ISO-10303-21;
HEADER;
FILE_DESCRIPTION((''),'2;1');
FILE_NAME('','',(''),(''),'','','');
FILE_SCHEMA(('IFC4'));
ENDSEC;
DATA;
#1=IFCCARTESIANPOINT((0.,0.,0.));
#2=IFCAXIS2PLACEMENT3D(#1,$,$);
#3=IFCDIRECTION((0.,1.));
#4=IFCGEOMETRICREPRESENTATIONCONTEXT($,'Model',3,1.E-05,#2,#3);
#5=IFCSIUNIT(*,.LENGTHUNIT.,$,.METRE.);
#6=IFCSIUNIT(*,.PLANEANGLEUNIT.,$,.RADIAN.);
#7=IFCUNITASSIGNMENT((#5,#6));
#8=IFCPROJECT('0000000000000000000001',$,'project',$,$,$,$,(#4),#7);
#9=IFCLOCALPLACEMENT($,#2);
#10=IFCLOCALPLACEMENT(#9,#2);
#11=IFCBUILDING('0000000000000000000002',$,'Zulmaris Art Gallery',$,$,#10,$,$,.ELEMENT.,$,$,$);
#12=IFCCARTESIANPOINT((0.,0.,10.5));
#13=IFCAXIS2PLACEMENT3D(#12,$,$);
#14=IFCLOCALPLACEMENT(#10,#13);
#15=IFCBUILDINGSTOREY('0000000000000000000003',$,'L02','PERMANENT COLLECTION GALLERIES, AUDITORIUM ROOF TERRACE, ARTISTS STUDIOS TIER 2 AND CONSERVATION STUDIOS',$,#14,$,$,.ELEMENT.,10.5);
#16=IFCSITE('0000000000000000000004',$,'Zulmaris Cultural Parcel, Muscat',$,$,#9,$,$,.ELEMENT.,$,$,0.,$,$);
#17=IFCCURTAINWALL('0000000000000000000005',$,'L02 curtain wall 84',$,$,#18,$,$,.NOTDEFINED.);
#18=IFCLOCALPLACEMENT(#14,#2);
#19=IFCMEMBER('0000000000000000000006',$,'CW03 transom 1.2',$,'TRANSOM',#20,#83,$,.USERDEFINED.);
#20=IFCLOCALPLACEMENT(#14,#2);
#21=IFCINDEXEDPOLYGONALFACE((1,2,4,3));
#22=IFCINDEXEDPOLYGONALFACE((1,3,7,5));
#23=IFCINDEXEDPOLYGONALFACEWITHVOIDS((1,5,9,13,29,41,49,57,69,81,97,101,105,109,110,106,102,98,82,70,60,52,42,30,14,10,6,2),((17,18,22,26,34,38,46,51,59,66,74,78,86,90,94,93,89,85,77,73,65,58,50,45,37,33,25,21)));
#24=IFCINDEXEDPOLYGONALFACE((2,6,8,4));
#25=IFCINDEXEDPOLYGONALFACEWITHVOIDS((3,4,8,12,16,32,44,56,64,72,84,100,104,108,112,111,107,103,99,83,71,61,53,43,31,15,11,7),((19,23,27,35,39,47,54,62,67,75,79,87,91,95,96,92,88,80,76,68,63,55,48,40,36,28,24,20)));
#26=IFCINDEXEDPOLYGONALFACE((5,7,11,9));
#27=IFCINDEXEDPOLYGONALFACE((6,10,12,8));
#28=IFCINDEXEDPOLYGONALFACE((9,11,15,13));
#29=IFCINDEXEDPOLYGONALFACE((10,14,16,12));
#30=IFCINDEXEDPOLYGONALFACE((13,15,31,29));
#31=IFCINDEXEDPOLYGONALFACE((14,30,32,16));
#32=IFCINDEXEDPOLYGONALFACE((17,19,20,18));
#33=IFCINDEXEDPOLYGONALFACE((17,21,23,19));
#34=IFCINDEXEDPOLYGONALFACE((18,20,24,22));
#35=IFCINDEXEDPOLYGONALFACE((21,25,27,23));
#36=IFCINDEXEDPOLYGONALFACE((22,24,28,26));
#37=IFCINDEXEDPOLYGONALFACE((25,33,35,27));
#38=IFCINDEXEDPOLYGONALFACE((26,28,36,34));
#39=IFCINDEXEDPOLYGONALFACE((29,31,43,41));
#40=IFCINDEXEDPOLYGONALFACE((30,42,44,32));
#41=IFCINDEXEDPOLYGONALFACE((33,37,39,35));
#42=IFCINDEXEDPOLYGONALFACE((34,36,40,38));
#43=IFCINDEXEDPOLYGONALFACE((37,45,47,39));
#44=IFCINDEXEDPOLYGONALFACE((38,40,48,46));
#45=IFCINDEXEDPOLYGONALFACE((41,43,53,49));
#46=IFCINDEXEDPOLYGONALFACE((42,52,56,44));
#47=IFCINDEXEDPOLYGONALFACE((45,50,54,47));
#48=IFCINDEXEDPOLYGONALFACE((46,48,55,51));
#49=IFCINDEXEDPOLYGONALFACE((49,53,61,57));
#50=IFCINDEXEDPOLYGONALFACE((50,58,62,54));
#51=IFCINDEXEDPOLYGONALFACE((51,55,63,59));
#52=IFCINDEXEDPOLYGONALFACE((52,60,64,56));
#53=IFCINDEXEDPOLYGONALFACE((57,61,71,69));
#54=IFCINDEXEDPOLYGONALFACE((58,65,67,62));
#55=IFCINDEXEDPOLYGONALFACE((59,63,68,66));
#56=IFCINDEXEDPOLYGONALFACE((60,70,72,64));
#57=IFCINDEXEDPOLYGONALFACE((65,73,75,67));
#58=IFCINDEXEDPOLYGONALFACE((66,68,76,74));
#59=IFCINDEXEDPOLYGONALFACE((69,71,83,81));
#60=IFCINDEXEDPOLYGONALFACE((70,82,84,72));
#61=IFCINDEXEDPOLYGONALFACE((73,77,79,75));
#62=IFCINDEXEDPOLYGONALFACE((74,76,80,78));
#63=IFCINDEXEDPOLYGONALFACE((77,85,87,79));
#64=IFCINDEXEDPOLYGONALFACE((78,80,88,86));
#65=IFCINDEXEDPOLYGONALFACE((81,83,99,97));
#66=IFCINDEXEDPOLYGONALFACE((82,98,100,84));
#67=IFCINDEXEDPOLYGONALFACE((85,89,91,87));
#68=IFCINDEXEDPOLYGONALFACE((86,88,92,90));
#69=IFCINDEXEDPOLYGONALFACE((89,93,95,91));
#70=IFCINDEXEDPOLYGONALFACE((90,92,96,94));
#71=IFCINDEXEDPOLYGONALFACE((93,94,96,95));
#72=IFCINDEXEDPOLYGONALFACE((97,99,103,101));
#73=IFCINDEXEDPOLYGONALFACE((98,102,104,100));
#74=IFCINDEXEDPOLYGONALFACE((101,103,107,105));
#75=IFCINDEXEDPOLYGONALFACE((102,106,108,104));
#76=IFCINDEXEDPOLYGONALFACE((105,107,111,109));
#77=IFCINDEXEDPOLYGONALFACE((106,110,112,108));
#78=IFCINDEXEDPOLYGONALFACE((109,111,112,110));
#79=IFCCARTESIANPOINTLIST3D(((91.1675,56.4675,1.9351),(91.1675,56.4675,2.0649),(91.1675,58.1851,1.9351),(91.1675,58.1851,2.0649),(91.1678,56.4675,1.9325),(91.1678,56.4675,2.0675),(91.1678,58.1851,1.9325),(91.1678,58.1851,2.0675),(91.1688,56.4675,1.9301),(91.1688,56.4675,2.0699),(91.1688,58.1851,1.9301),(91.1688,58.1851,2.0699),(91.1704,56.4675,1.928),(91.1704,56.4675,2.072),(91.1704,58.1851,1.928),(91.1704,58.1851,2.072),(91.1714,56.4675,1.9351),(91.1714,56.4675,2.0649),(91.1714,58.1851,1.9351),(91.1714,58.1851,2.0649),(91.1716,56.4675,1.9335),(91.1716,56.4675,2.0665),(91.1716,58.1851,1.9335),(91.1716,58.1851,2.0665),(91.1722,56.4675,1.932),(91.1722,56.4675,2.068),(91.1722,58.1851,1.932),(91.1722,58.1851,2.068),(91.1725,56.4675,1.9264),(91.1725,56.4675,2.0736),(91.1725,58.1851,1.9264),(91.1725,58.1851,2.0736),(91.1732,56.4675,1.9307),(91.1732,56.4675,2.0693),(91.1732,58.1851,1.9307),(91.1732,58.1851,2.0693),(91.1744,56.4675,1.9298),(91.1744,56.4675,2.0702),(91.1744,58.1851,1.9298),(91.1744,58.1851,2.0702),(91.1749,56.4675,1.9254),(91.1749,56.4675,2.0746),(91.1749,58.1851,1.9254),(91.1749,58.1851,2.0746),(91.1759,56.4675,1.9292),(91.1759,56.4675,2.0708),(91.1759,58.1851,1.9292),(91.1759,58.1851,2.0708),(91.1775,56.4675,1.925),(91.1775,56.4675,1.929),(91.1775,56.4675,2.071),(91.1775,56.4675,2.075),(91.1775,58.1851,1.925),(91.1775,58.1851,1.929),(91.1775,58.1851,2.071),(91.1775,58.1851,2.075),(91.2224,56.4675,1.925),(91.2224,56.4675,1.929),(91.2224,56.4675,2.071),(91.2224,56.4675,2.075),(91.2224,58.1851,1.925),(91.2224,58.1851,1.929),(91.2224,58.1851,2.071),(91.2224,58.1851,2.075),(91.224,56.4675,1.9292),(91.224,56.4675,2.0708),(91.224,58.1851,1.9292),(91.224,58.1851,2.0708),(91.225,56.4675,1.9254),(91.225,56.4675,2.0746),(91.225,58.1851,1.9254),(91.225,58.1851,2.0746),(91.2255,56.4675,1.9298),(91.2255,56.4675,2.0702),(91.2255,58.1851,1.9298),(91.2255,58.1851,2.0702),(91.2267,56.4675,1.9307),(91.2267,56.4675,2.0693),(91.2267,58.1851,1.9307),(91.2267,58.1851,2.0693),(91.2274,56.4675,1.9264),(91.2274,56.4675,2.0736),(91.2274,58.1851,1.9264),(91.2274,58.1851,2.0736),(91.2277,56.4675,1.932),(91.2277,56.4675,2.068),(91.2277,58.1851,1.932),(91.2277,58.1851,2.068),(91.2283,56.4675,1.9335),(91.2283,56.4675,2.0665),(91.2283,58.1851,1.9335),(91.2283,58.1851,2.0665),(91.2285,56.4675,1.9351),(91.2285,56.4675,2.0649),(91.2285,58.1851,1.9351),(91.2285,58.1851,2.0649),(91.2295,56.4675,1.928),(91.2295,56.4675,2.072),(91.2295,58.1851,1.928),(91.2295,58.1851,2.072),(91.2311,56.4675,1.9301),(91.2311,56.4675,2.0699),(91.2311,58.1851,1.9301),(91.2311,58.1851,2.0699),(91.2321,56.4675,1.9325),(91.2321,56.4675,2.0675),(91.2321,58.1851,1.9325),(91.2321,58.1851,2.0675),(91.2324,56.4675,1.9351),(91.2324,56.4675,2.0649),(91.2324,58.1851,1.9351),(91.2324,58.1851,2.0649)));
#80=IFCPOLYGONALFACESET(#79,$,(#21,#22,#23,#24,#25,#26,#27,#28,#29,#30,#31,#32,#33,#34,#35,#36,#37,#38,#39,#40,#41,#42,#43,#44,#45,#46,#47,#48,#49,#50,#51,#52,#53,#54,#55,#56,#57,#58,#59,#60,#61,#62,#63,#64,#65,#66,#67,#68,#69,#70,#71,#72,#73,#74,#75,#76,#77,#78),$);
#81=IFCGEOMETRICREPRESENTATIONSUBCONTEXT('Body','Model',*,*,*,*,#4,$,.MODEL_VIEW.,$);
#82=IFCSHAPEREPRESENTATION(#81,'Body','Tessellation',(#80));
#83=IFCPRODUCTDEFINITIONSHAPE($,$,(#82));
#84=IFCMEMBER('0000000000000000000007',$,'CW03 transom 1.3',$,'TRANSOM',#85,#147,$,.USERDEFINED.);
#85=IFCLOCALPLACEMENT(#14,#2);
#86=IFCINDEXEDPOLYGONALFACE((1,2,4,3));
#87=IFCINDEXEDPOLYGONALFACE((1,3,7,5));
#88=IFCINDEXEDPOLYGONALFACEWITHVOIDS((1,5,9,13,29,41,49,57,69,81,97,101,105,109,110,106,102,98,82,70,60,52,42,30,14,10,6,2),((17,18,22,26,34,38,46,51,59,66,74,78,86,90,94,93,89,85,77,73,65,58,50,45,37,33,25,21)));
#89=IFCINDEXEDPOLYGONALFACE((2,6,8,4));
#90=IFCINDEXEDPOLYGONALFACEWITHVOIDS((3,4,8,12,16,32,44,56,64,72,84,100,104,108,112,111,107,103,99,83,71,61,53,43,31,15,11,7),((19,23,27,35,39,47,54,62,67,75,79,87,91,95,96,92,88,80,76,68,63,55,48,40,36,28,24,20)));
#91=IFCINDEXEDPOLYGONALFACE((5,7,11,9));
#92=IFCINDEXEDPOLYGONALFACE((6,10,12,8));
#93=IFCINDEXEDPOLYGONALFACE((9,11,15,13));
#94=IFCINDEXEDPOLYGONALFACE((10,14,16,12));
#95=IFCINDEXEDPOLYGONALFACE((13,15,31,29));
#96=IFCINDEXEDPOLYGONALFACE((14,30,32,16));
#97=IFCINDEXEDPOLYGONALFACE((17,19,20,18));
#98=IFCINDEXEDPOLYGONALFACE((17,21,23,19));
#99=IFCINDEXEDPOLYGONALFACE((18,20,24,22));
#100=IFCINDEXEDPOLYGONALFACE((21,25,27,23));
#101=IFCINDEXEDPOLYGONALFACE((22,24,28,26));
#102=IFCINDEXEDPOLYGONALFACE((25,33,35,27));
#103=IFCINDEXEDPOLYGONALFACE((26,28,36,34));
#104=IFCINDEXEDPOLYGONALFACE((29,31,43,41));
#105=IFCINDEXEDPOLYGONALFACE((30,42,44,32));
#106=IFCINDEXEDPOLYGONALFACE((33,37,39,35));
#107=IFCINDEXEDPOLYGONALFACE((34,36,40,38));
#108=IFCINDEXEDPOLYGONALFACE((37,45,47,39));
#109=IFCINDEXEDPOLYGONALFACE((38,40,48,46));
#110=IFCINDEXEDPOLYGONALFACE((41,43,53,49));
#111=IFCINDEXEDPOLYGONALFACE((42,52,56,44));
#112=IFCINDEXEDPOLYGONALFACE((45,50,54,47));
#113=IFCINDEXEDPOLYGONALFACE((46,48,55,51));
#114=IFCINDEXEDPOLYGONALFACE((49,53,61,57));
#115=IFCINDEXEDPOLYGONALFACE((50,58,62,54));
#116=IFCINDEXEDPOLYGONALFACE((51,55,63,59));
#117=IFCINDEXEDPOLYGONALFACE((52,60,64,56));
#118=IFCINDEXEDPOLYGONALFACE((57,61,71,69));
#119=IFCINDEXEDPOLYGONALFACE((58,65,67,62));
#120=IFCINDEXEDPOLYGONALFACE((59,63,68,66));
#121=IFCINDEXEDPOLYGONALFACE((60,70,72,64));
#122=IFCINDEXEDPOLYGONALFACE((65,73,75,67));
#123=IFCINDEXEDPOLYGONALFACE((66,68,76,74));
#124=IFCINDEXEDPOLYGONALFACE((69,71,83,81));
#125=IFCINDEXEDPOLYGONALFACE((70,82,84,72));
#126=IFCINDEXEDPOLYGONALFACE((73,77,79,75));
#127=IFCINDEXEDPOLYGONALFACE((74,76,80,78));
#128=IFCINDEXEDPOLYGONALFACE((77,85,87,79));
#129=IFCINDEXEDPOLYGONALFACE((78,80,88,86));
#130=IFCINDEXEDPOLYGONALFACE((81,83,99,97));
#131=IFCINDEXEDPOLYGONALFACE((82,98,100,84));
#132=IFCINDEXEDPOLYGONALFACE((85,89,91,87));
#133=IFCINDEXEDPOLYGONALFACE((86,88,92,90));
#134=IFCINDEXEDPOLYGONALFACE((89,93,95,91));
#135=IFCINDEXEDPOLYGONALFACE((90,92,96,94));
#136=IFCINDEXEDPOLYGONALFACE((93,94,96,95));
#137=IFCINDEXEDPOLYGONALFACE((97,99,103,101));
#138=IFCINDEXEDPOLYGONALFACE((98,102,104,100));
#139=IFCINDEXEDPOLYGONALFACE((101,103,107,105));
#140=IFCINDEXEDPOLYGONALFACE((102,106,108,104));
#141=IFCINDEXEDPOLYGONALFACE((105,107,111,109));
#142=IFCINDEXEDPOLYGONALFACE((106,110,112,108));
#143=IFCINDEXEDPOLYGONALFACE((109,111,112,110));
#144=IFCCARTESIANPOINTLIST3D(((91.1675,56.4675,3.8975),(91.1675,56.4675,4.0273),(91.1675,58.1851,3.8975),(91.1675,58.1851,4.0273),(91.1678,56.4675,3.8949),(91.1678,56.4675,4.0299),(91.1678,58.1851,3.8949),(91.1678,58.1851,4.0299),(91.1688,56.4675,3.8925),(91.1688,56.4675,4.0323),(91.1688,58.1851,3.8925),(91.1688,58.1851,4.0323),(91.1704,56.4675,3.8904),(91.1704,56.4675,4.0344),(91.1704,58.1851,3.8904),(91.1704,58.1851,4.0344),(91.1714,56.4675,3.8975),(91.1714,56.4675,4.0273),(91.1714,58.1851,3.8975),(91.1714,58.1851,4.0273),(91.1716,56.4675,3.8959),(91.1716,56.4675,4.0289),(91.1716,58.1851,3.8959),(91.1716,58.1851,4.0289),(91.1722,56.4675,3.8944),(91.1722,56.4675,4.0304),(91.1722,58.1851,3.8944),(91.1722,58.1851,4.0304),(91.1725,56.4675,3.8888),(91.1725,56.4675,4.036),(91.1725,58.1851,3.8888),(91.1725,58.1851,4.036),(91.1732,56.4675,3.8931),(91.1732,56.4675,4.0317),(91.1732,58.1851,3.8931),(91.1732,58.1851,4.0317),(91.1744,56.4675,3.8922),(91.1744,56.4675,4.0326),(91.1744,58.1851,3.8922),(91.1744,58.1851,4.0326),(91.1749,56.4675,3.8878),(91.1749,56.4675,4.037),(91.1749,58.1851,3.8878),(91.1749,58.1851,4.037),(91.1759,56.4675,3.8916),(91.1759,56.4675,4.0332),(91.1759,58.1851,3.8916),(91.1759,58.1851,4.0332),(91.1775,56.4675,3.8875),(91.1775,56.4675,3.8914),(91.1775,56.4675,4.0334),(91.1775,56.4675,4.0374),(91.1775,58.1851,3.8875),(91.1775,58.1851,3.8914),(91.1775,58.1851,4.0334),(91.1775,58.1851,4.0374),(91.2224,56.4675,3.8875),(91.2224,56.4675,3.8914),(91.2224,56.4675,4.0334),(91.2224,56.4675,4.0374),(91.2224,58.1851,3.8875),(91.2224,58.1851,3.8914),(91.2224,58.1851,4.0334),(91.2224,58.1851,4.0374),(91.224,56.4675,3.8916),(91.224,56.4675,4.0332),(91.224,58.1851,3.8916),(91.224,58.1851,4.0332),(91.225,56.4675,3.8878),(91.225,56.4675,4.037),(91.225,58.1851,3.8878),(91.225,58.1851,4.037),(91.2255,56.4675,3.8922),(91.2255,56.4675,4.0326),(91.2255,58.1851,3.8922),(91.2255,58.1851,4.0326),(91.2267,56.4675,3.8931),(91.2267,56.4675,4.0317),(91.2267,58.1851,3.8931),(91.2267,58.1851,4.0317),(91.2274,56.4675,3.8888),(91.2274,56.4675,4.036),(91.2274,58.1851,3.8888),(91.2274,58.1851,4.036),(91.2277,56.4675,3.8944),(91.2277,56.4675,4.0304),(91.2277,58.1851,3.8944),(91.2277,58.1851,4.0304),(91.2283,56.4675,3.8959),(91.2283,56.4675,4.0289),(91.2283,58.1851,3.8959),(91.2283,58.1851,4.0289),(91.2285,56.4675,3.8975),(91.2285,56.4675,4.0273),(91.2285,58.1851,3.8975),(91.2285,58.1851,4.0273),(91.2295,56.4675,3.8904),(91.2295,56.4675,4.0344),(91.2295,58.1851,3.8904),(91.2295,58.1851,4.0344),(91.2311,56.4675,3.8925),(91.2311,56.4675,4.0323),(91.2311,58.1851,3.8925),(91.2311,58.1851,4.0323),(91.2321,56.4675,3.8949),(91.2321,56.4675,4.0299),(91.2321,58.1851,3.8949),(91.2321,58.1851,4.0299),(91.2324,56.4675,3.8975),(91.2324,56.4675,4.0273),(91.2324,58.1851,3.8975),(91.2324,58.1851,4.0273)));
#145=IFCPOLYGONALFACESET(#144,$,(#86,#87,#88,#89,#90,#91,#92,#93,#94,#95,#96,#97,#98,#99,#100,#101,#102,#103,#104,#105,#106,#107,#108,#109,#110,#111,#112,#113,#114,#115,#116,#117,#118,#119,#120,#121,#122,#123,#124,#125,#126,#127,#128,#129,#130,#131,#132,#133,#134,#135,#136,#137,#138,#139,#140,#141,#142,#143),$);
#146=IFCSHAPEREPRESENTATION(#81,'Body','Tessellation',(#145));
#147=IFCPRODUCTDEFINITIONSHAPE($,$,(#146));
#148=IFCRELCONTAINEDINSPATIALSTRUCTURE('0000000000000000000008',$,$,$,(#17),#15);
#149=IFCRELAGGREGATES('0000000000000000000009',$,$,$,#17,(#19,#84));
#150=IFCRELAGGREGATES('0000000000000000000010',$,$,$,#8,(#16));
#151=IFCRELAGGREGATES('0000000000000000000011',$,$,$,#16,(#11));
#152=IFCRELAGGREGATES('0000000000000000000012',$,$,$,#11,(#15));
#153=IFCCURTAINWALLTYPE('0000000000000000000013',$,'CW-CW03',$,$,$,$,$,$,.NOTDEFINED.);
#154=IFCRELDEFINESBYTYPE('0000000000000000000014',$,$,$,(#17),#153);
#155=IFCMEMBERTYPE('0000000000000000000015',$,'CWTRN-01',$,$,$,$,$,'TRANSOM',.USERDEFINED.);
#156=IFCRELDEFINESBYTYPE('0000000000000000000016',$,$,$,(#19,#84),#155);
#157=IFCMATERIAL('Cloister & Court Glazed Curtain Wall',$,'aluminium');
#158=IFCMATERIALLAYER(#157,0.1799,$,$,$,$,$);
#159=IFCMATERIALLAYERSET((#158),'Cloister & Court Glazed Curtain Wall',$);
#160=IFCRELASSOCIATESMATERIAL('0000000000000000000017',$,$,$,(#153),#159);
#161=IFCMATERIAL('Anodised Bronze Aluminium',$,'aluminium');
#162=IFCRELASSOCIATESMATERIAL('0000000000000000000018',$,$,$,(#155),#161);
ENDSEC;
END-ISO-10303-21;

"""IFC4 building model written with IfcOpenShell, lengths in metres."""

from ifc_helpers import new_model, si_unit, direction, frame, origin, origin_2d, place, context, subcontext, project, spatial, hollow_rectangle, extrude, material, layer, layer_set, material_profile, profile_set, type_object, element, aggregate, save


model = new_model("IFC4")

# Units and contexts
model_context = context("Model", 3, precision=1e-05, world=origin(), true_north=direction((0.0, 1.0)))
body_context = subcontext(model_context, "Body", "Model", "MODEL_VIEW")
ifc_project = project(units=[si_unit("LENGTHUNIT", "METRE"), si_unit("PLANEANGLEUNIT", "RADIAN")], contexts=[model_context])

# Site, building, storey
site_placement = place(None, origin())
site = spatial("IfcSite", under=ifc_project, at=site_placement, Name="Zulmaris Cultural Parcel, Muscat", CompositionType="ELEMENT", RefElevation=0.0)
building_placement = place(site_placement, origin())
building = spatial("IfcBuilding", under=site, at=building_placement, Name="Zulmaris Art Gallery", CompositionType="ELEMENT")
storey_placement = place(building_placement, frame((0.0, 0.0, 10.5)))
storey = spatial("IfcBuildingStorey", under=building, at=storey_placement, Name="L02", Description="PERMANENT COLLECTION GALLERIES, AUDITORIUM ROOF TERRACE, ARTISTS STUDIOS TIER 2 AND CONSERVATION STUDIOS", CompositionType="ELEMENT", Elevation=10.5)

# Curtain wall
ifc_material_1 = material(Name="Cloister & Court Glazed Curtain Wall", Category="aluminium")
ifc_layer_1 = layer(ifc_material_1, 0.1799)
ifc_layer_set_1 = layer_set([ifc_layer_1], Name="Cloister & Court Glazed Curtain Wall")
curtain_wall_type_1 = type_object("IfcCurtainWallType", Name="CW-CW03", PredefinedType="NOTDEFINED", material=ifc_layer_set_1)
ifc_material_2 = material(Name="Anodised Bronze Aluminium", Category="aluminium")
curtain_wall_1_placement = place(storey_placement, origin())
curtain_wall_1 = element("IfcCurtainWall", 1, at=curtain_wall_1_placement, inside=storey, type_object=curtain_wall_type_1, Name="L02 curtain wall 84", PredefinedType="NOTDEFINED")

# Members
ifc_material_profile_1 = material_profile(ifc_material_2, hollow_rectangle(XDim=0.0649, YDim=0.1499, WallThickness=0.0039, InnerFilletRadius=0.0061, OuterFilletRadius=0.01, at=origin_2d()), Name="ALU 65x150x4")
ifc_profile_set_1 = profile_set([ifc_material_profile_1], Name="Anodised Bronze Aluminium")
member_type_1 = type_object("IfcMemberType", Name="CWTRN-01", ElementType="TRANSOM", PredefinedType="USERDEFINED", material=ifc_profile_set_1)
member_1_placement = place(storey_placement, frame((91.2, 58.1851, 2.0), z_axis=(0.0, -1.0, 0.0), x_axis=(1.0, 0.0, 0.0)))
member_1 = element("IfcMember", 2, at=member_1_placement, type_object=member_type_1, Name="CW03 transom 1.2", ObjectType="TRANSOM", PredefinedType="USERDEFINED", context=body_context, shape_type="SweptSolid", body=[
    extrude(hollow_rectangle(XDim=0.0649, YDim=0.1499, WallThickness=0.0039, InnerFilletRadius=0.0061, OuterFilletRadius=0.01, at=origin_2d()), origin(), (0.0, 0.0, 1.0), 1.7175),
])
member_2_placement = place(storey_placement, frame((91.2, 58.1851, 3.9624), z_axis=(0.0, -1.0, 0.0), x_axis=(1.0, 0.0, 0.0)))
member_2 = element("IfcMember", 3, at=member_2_placement, type_object=member_type_1, Name="CW03 transom 1.3", ObjectType="TRANSOM", PredefinedType="USERDEFINED", context=body_context, shape_type="SweptSolid", body=[
    extrude(hollow_rectangle(XDim=0.0649, YDim=0.1499, WallThickness=0.0039, InnerFilletRadius=0.0061, OuterFilletRadius=0.01, at=origin_2d()), origin(), (0.0, 0.0, 1.0), 1.7175),
])

aggregate(curtain_wall_1, [member_1, member_2])

save(model, "model.ifc")
